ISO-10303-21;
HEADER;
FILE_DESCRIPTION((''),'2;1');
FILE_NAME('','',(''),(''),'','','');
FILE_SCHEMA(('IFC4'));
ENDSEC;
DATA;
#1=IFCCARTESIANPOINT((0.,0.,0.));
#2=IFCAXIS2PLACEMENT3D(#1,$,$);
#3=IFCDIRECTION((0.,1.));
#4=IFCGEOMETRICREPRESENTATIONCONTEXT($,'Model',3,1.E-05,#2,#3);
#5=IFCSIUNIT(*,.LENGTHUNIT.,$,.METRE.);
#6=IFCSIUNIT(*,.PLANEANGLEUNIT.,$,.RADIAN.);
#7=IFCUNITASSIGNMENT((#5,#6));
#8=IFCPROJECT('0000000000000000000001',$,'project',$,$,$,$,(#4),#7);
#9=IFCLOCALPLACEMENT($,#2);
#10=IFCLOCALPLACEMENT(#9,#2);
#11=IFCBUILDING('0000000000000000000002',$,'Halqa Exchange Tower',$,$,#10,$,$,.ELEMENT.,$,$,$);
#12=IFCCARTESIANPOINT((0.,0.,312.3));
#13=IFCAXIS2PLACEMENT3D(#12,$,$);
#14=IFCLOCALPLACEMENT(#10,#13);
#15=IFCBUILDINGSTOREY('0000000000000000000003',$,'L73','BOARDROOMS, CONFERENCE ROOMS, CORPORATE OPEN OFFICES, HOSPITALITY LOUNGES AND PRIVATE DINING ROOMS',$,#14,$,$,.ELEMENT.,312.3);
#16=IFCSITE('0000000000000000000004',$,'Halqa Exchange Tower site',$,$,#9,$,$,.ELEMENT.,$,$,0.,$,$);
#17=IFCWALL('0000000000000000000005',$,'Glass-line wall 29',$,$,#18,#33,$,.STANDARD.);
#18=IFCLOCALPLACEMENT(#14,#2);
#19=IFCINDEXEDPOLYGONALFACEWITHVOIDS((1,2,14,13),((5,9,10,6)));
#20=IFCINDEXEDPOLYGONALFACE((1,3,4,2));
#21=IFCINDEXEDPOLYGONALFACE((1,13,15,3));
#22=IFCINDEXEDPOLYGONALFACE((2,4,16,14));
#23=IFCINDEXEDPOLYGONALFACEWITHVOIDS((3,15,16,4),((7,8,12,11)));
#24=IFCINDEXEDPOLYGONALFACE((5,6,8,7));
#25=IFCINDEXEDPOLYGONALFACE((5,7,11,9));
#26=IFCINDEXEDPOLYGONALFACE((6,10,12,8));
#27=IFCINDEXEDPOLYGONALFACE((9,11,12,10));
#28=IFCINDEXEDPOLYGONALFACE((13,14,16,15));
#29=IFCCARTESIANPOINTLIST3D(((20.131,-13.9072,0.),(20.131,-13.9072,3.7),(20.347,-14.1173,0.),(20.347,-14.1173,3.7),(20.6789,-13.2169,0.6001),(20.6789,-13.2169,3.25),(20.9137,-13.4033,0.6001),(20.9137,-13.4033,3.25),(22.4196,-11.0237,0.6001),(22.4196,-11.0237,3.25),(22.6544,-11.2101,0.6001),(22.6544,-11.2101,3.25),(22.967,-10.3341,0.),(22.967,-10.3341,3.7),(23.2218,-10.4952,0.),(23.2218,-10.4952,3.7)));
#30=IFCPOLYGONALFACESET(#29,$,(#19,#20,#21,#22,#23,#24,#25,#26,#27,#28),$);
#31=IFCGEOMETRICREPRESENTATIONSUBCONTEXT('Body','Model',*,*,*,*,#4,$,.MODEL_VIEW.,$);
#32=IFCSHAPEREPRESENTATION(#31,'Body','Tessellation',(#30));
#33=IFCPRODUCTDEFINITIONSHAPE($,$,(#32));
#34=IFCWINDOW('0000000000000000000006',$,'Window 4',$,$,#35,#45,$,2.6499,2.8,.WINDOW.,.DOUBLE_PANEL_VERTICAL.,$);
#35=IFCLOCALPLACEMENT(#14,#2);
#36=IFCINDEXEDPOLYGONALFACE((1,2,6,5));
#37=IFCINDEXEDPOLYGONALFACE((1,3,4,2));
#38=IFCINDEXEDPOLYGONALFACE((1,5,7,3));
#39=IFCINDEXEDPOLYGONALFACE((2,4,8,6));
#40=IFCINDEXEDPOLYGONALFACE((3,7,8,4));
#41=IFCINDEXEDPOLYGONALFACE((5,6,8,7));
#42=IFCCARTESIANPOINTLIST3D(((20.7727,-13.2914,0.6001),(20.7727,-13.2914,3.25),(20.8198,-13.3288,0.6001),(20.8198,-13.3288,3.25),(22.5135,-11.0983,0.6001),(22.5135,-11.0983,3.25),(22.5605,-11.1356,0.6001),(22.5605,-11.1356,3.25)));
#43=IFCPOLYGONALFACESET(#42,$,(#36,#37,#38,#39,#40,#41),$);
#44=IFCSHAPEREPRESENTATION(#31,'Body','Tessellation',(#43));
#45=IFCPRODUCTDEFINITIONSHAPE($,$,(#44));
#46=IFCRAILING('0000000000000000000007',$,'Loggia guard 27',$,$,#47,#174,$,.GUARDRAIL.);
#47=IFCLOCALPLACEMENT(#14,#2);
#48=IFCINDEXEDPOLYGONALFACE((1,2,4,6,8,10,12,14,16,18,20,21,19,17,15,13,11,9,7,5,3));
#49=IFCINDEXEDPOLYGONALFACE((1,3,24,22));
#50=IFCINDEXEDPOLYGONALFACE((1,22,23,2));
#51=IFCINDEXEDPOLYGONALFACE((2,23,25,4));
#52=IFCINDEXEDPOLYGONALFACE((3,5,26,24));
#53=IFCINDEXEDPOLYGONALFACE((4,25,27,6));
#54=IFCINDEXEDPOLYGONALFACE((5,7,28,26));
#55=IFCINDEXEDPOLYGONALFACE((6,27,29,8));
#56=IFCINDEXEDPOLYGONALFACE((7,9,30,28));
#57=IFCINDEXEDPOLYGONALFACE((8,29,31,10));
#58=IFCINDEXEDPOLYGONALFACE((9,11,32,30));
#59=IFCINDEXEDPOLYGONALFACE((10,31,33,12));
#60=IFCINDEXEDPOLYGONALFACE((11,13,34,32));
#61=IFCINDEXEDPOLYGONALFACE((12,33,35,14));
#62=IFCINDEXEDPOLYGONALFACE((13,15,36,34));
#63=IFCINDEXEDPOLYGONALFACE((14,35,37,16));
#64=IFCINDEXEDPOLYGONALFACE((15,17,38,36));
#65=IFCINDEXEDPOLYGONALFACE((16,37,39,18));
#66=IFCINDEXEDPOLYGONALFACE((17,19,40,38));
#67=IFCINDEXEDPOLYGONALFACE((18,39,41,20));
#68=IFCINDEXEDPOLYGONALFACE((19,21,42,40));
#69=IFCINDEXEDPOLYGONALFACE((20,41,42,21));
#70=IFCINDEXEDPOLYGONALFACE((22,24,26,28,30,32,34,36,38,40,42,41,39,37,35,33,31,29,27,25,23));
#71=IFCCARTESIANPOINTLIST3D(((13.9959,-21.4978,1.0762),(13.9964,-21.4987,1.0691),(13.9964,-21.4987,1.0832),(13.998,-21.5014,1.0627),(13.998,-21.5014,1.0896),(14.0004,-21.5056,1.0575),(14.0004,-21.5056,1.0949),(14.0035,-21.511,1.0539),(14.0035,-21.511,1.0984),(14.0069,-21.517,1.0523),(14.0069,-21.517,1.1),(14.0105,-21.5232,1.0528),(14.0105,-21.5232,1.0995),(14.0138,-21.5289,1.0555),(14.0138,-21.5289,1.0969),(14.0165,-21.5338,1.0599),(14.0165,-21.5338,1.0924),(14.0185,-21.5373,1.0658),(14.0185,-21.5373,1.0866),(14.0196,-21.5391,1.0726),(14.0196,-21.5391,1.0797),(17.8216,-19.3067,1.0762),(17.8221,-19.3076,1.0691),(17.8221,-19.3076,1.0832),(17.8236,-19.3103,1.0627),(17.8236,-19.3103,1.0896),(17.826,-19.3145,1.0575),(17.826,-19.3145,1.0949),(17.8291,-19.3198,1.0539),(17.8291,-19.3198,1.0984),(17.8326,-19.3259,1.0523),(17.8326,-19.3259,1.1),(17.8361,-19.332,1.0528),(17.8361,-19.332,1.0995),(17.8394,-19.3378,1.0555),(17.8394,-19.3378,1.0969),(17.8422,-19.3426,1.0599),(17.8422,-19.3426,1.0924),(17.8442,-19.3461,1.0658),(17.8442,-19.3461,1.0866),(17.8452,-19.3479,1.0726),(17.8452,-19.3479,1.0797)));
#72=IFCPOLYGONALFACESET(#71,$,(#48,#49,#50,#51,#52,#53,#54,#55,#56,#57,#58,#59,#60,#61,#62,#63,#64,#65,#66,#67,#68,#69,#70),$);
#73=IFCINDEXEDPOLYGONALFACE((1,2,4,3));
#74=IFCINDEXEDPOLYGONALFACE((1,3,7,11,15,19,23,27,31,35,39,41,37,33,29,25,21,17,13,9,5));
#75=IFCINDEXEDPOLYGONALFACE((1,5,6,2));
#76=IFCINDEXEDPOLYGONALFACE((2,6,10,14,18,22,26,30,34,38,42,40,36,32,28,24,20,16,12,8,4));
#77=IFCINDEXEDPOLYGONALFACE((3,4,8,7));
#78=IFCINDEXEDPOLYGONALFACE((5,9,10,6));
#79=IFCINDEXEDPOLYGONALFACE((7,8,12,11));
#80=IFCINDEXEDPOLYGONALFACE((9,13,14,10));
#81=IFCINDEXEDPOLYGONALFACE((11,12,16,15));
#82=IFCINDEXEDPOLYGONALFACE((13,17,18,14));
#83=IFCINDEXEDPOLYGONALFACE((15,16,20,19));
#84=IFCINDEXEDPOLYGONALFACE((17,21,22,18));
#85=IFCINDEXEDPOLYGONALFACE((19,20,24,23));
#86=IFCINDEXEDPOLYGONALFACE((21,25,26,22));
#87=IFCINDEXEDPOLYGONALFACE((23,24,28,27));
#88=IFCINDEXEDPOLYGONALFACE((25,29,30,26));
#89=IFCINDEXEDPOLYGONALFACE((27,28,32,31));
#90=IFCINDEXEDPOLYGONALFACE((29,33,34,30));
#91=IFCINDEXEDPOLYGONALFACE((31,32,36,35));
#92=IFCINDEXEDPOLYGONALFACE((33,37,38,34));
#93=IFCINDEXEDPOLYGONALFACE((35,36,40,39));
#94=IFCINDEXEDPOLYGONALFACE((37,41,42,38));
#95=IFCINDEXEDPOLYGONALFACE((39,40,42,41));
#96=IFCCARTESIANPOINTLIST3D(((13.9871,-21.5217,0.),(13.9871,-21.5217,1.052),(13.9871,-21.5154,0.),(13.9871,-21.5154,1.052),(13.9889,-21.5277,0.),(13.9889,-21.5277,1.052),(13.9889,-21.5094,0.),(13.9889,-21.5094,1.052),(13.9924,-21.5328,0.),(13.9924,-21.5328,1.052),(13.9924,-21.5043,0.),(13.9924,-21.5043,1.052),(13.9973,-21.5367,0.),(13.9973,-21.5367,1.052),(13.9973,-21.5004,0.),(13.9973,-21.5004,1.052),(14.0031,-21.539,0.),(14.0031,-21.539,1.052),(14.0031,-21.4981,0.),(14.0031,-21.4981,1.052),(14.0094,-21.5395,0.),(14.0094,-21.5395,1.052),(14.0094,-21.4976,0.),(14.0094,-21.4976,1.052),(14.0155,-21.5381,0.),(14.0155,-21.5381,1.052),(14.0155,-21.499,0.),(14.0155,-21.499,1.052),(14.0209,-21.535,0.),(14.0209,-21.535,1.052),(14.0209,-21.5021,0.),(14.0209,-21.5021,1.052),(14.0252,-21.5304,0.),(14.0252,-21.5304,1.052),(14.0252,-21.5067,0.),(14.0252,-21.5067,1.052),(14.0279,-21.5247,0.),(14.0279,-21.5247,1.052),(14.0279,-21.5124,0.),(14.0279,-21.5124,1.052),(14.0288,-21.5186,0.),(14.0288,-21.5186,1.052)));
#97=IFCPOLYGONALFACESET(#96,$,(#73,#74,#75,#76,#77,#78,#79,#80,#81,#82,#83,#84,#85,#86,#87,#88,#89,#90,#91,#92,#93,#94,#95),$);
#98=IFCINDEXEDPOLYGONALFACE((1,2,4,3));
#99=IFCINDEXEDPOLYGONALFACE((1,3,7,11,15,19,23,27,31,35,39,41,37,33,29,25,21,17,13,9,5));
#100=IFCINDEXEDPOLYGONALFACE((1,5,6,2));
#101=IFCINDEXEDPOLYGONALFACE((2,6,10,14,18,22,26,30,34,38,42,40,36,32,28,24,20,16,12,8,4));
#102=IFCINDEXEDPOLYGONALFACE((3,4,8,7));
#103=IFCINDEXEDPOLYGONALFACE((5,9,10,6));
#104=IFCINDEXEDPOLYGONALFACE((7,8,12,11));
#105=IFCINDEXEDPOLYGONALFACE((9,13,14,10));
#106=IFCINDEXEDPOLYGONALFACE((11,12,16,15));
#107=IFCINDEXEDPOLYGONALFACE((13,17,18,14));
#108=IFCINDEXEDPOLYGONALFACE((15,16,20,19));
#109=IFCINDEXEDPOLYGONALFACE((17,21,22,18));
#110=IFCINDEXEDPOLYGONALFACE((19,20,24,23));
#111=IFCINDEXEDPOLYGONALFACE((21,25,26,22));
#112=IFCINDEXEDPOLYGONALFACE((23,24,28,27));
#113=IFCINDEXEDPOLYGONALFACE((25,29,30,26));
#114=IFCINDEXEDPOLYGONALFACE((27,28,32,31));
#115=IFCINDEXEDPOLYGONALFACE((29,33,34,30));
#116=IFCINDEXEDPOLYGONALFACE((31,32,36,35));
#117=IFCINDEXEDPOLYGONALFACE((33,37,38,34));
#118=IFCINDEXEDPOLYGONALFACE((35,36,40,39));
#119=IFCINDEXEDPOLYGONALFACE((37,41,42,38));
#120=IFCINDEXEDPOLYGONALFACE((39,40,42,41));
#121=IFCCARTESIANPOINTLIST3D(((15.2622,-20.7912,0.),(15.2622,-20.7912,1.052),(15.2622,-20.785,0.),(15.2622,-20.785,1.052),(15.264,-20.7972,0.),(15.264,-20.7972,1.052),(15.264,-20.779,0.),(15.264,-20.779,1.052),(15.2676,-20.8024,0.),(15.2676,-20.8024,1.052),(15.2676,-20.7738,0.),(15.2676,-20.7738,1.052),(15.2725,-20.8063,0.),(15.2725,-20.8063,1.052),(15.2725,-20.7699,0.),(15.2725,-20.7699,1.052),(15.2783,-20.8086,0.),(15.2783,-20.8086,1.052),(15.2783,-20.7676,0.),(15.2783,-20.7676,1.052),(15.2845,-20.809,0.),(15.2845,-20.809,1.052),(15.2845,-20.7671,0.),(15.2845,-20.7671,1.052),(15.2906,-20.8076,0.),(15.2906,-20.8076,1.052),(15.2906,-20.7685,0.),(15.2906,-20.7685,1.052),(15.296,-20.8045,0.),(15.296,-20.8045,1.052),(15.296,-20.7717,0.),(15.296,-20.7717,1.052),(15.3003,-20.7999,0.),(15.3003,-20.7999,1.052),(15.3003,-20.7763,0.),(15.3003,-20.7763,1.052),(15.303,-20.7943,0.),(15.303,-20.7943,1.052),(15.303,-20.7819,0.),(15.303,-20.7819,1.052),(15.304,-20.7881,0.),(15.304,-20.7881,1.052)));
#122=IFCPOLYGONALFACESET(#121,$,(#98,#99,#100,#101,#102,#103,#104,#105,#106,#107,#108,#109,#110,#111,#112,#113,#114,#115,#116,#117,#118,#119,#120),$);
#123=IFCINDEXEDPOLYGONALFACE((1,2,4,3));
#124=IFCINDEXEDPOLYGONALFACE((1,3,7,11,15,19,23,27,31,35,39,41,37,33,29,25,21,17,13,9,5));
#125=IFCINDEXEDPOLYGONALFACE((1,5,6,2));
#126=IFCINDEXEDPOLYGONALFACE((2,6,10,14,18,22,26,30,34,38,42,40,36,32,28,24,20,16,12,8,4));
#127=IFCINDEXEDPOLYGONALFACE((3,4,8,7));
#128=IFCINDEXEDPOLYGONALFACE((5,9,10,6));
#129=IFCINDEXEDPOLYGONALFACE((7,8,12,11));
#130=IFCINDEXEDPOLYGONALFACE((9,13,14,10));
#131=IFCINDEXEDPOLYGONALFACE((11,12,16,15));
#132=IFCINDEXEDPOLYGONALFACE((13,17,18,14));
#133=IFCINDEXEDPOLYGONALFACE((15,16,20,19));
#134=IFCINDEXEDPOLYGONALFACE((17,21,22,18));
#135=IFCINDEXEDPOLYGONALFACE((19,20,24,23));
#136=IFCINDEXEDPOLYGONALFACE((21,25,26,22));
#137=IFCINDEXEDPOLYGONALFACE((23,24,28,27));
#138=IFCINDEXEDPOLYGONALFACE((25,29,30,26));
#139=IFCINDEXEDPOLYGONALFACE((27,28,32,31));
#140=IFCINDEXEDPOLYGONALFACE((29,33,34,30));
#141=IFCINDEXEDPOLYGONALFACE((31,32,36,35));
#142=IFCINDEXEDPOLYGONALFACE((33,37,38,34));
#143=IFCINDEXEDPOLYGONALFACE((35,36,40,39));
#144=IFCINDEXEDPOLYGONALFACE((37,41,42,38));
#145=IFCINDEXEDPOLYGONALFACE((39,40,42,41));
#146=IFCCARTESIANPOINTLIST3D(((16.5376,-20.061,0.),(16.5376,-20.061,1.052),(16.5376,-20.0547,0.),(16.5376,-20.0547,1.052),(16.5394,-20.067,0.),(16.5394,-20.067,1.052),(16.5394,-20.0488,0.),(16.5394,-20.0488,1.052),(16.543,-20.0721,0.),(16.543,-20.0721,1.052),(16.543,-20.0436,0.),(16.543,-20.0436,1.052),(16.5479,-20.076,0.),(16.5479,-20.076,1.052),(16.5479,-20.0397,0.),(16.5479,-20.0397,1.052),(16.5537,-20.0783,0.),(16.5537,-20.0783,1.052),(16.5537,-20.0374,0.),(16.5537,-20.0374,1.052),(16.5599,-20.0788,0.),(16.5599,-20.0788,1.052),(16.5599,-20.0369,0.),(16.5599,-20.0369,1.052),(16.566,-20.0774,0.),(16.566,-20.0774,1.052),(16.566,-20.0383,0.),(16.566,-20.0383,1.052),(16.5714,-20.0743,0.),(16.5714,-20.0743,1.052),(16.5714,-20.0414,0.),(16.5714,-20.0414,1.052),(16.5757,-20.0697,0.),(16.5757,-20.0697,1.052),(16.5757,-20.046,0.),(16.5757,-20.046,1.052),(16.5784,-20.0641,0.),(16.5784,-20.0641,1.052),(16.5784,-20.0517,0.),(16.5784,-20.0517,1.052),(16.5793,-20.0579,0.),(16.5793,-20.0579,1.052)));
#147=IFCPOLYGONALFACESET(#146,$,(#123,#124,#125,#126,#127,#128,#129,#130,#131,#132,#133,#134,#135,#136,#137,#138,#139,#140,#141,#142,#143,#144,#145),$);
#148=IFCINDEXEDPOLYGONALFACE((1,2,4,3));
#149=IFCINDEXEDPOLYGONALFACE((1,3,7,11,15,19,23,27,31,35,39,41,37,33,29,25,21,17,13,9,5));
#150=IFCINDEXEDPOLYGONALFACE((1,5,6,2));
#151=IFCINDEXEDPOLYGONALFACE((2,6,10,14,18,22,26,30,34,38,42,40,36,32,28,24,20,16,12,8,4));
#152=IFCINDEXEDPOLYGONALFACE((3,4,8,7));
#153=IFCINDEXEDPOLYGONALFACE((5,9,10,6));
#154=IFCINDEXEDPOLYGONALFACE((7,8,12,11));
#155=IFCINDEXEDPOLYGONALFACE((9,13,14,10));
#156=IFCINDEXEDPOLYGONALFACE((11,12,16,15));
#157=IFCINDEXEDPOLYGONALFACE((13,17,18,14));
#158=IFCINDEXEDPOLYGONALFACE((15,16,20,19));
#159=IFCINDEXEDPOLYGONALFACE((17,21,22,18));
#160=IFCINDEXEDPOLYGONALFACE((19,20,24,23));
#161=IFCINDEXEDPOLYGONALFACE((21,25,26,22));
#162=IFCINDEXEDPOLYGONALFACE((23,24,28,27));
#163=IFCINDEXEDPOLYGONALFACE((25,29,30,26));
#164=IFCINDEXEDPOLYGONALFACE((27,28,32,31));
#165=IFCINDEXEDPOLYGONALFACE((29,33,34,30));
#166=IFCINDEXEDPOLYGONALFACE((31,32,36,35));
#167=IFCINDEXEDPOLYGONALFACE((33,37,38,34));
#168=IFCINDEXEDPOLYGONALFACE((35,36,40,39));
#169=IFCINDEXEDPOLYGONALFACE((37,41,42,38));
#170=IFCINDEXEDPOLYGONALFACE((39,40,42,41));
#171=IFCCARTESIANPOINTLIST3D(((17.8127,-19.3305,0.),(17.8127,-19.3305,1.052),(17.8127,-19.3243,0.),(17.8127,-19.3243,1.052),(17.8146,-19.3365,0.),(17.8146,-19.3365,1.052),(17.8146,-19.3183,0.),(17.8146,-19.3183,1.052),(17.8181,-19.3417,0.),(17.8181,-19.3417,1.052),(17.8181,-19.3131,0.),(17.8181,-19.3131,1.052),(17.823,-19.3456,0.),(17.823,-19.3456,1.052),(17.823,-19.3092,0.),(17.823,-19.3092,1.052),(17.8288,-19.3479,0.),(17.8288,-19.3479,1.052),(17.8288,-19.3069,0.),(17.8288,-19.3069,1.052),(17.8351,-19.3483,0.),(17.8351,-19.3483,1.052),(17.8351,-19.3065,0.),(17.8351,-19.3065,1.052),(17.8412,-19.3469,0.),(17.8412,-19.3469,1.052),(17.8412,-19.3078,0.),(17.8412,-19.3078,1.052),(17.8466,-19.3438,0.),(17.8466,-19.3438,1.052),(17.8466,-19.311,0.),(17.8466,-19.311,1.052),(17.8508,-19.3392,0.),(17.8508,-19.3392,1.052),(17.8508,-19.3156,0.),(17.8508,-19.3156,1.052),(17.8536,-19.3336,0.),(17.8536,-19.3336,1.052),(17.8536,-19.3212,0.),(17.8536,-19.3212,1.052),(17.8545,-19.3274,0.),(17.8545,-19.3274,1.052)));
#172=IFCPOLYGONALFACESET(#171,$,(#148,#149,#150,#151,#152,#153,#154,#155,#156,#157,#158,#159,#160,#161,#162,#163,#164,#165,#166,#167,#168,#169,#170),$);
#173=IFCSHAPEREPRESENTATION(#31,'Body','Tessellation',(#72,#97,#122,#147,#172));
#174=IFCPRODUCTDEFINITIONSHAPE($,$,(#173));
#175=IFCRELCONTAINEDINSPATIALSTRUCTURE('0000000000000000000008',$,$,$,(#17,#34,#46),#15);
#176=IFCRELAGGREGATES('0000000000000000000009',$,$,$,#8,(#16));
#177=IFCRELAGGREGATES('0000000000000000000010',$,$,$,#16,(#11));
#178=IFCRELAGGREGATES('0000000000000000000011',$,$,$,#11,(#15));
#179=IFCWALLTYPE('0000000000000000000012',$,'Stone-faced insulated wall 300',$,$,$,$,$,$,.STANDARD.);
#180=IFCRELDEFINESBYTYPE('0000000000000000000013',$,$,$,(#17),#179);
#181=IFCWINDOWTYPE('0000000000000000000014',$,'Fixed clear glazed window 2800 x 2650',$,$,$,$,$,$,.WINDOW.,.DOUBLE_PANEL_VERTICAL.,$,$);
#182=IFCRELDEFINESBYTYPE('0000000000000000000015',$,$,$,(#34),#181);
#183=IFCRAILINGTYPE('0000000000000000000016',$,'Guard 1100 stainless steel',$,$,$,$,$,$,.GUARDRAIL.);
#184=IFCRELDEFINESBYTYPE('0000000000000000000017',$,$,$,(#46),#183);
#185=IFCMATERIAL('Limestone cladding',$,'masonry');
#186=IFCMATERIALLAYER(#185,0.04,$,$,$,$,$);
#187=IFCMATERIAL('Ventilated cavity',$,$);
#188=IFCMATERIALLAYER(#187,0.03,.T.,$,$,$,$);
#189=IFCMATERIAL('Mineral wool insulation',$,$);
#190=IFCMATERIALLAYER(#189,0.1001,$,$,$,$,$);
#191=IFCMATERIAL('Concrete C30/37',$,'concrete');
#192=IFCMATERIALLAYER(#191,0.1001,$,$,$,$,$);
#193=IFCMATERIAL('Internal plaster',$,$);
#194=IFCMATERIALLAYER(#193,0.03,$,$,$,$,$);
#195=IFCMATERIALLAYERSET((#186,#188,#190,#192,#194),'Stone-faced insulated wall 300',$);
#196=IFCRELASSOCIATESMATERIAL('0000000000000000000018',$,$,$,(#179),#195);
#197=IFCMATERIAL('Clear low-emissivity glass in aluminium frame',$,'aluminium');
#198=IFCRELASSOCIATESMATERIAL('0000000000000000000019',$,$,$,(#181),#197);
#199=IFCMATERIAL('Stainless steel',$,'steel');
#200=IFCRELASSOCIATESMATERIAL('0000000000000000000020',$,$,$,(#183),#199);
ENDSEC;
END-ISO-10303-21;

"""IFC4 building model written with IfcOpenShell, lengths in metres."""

from ifc_helpers import new_model, si_unit, direction, frame, frame_2d, origin, origin_2d, place, context, subcontext, project, spatial, polyline, rectangle, circle, outline, extrude, material, layer, layer_set, type_object, element, fill, save


model = new_model("IFC4")

# Units and contexts
model_context = context("Model", 3, precision=1e-05, world=origin(), true_north=direction((0.0, 1.0)))
body_context = subcontext(model_context, "Body", "Model", "MODEL_VIEW")
ifc_project = project(units=[si_unit("LENGTHUNIT", "METRE"), si_unit("PLANEANGLEUNIT", "RADIAN")], contexts=[model_context])

# Site, building, storey
site_placement = place(None, origin())
site = spatial("IfcSite", under=ifc_project, at=site_placement, Name="Halqa Exchange Tower site", CompositionType="ELEMENT", RefElevation=0.0)
building_placement = place(site_placement, origin())
building = spatial("IfcBuilding", under=site, at=building_placement, Name="Halqa Exchange Tower", CompositionType="ELEMENT")
storey_placement = place(building_placement, frame((0.0, 0.0, 312.3)))
storey = spatial("IfcBuildingStorey", under=building, at=storey_placement, Name="L73", Description="BOARDROOMS, CONFERENCE ROOMS, CORPORATE OPEN OFFICES, HOSPITALITY LOUNGES AND PRIVATE DINING ROOMS", CompositionType="ELEMENT", Elevation=312.3)

# Shared definitions
ifc_material_1 = material(Name="Limestone cladding", Category="masonry")
ifc_layer_1 = layer(ifc_material_1, 0.04)
ifc_material_2 = material(Name="Ventilated cavity")
ifc_layer_2 = layer(ifc_material_2, 0.03, ventilated=True)
ifc_material_3 = material(Name="Mineral wool insulation")
ifc_layer_3 = layer(ifc_material_3, 0.1001)
ifc_material_4 = material(Name="Concrete C30/37", Category="concrete")
ifc_layer_4 = layer(ifc_material_4, 0.1001)
ifc_material_5 = material(Name="Internal plaster")
ifc_layer_5 = layer(ifc_material_5, 0.03)
ifc_layer_set_1 = layer_set([ifc_layer_1, ifc_layer_2, ifc_layer_3, ifc_layer_4, ifc_layer_5], Name="Stone-faced insulated wall 300")
wall_type_1 = type_object("IfcWallType", Name="Stone-faced insulated wall 300", PredefinedType="STANDARD", material=ifc_layer_set_1)
ifc_material_6 = material(Name="Clear low-emissivity glass in aluminium frame", Category="aluminium")
window_type = type_object("IfcWindowType", Name="Fixed clear glazed window 2800 x 2650", PartitioningType="DOUBLE_PANEL_VERTICAL", PredefinedType="WINDOW", material=ifc_material_6)

# Wall, opening, window
wall_1_placement = place(storey_placement, frame((20.239, -14.0122, 0.0), z_axis=(0.0, 0.0, 1.0), x_axis=(0.621683, 0.783269, 0.0)))
wall_1 = element("IfcWall", 1, at=wall_1_placement, inside=storey, type_object=wall_type_1, Name="Glass-line wall 29", PredefinedType="STANDARD", context=body_context, shape_type="SweptSolid", body=[
    extrude(outline(polyline([(-0.0151, -0.1499), (4.6091, -0.1499), (4.5769, 0.1499), (0.0151, 0.1499), (-0.0151, -0.1499)])), origin(), (0.0, 0.0, 1.0), 3.7),
])
opening_1_placement = place(wall_1_placement, frame((0.8965, 0.0, 0.6001)))
opening_1 = element("IfcOpeningElement", 2, at=opening_1_placement, cuts=wall_1, PredefinedType="OPENING", context=body_context, shape_type="SweptSolid", body=[
    extrude(rectangle(XDim=2.8, YDim=2.6499, at=frame_2d((1.3999, 1.325))), frame((0.0, 0.1621, 0.0), z_axis=(0.0, -1.0, 0.0), x_axis=(1.0, 0.0, 0.0)), (0.0, 0.0, 1.0), 0.324),
])
window_1_placement = place(opening_1_placement, origin())
window_1 = element("IfcWindow", 3, at=window_1_placement, inside=storey, type_object=window_type, Name="Window 4", OverallHeight=2.6499, OverallWidth=2.8, PartitioningType="DOUBLE_PANEL_VERTICAL", PredefinedType="WINDOW", context=body_context, shape_type="SweptSolid", body=[
    extrude(rectangle(XDim=2.8, YDim=2.6499, at=frame_2d((1.3999, 1.325))), frame((0.0, 0.03, 0.0), z_axis=(0.0, -1.0, 0.0), x_axis=(1.0, 0.0, 0.0)), (0.0, 0.0, 1.0), 0.0601),
])
fill(opening_1, window_1)

# Railing
ifc_material_7 = material(Name="Stainless steel", Category="steel")
railing_type = type_object("IfcRailingType", Name="Guard 1100 stainless steel", PredefinedType="GUARDRAIL", material=ifc_material_7)
railing_1_placement = place(storey_placement, frame((14.0078, -21.5186, 0.0)))
element("IfcRailing", 4, at=railing_1_placement, inside=storey, type_object=railing_type, Name="Loggia guard 27", PredefinedType="GUARDRAIL", context=body_context, shape_type="SweptSolid", body=[
    extrude(circle(Radius=0.0239, at=origin_2d()), frame((0.0, 0.0, 1.0762), z_axis=(0.867749, 0.497003, 0.0), x_axis=(-0.497003, 0.867749, 0.0)), (0.0, 0.0, 1.0), 4.4087),
    extrude(circle(Radius=0.021, at=origin_2d()), origin(), (0.0, 0.0, 1.0), 1.052),
    extrude(circle(Radius=0.021, at=origin_2d()), frame((1.2751, 0.7305, 0.0)), (0.0, 0.0, 1.0), 1.052),
    extrude(circle(Radius=0.021, at=origin_2d()), frame((2.5505, 1.4607, 0.0)), (0.0, 0.0, 1.0), 1.052),
    extrude(circle(Radius=0.021, at=origin_2d()), frame((3.8257, 2.1912, 0.0)), (0.0, 0.0, 1.0), 1.052),
])

save(model, "model.ifc")
